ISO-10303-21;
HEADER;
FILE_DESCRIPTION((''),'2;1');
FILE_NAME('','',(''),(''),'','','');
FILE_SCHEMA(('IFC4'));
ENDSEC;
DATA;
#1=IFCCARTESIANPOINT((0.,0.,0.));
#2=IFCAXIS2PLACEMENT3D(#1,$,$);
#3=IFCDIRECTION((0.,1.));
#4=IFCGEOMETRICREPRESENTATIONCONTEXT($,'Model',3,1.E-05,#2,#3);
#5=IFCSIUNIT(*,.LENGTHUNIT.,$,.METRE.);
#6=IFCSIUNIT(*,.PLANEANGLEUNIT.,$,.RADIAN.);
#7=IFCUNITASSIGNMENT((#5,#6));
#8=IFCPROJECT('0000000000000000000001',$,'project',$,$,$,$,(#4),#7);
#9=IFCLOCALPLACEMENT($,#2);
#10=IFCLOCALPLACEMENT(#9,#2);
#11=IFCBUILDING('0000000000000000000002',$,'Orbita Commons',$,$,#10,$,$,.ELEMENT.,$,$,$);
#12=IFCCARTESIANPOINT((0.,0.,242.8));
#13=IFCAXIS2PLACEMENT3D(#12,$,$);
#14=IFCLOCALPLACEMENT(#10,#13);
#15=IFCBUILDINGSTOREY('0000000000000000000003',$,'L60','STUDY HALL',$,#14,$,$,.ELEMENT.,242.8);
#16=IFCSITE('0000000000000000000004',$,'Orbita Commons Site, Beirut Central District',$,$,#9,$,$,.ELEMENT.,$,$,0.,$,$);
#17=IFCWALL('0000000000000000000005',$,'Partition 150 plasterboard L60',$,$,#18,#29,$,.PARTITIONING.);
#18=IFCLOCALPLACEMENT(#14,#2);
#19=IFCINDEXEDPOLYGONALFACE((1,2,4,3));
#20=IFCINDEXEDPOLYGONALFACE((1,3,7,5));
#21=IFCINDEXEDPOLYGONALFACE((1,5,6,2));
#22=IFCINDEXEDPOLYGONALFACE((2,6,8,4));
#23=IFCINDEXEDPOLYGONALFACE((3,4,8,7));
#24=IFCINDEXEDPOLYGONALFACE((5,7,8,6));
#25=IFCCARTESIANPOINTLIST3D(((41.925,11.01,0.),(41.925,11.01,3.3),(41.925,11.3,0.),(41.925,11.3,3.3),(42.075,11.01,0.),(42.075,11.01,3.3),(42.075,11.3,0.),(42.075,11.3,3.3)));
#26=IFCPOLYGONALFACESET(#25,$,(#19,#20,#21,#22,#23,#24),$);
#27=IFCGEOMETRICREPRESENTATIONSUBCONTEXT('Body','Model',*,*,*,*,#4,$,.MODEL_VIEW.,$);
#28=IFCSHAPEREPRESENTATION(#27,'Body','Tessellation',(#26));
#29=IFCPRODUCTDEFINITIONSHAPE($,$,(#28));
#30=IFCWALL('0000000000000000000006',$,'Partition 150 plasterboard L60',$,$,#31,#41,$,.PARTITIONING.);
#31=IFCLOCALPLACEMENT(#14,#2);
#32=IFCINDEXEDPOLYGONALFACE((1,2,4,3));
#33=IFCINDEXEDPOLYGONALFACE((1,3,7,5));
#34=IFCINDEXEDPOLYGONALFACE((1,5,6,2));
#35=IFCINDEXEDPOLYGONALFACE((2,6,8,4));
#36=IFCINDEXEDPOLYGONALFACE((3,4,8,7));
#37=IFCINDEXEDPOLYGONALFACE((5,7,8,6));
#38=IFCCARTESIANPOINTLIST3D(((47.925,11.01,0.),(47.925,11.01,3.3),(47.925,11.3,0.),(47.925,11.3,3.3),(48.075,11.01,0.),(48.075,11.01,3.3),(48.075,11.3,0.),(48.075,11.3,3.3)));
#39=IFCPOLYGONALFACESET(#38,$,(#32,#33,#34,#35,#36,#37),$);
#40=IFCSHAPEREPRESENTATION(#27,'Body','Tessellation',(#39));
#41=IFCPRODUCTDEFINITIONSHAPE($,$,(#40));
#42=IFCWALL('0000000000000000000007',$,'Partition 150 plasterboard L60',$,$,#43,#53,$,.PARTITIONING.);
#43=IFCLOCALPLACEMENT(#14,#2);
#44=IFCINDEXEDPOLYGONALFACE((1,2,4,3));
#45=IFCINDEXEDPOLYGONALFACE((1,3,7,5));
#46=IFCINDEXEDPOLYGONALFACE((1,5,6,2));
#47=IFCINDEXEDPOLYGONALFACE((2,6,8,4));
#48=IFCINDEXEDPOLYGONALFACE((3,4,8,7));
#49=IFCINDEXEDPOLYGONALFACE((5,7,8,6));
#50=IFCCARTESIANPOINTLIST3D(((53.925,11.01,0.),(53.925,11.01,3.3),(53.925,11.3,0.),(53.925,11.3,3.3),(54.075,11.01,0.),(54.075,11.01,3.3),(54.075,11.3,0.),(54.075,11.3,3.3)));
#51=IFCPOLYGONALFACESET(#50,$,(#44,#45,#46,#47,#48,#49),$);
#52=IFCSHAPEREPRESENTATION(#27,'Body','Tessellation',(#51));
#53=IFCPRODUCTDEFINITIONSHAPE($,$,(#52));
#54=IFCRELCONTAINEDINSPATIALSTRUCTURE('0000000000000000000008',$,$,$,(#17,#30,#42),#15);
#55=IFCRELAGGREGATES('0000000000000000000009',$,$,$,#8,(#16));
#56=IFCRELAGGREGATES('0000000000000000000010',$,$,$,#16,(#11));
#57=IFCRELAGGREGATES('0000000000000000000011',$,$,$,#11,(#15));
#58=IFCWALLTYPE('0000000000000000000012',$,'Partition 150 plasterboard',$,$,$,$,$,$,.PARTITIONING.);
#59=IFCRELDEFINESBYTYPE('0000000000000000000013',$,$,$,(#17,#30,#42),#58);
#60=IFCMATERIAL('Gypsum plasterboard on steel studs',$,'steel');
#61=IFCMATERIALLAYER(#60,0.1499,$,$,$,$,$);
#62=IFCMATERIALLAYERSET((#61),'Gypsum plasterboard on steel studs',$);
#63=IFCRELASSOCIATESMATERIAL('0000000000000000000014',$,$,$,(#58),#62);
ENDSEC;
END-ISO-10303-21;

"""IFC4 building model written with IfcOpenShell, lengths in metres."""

from ifc_helpers import new_model, si_unit, direction, frame, frame_2d, origin, place, context, subcontext, project, spatial, rectangle, extrude, material, layer, layer_set, type_object, element, save


model = new_model("IFC4")

# Units and contexts
model_context = context("Model", 3, precision=1e-05, world=origin(), true_north=direction((0.0, 1.0)))
body_context = subcontext(model_context, "Body", "Model", "MODEL_VIEW")
ifc_project = project(units=[si_unit("LENGTHUNIT", "METRE"), si_unit("PLANEANGLEUNIT", "RADIAN")], contexts=[model_context])

# Site, building, storey
site_placement = place(None, origin())
site = spatial("IfcSite", under=ifc_project, at=site_placement, Name="Orbita Commons Site, Beirut Central District", CompositionType="ELEMENT", RefElevation=0.0)
building_placement = place(site_placement, origin())
building = spatial("IfcBuilding", under=site, at=building_placement, Name="Orbita Commons", CompositionType="ELEMENT")
storey_placement = place(building_placement, frame((0.0, 0.0, 242.8)))
storey = spatial("IfcBuildingStorey", under=building, at=storey_placement, Name="L60", Description="STUDY HALL", CompositionType="ELEMENT", Elevation=242.8)

# Shared definitions
ifc_material_1 = material(Name="Gypsum plasterboard on steel studs", Category="steel")
ifc_layer_1 = layer(ifc_material_1, 0.1499)
ifc_layer_set_1 = layer_set([ifc_layer_1], Name="Gypsum plasterboard on steel studs")
wall_type_1 = type_object("IfcWallType", Name="Partition 150 plasterboard", PredefinedType="PARTITIONING", material=ifc_layer_set_1)

# Walls
for number, where, z_axis, x_axis, name in (
    (1, (42.0, 11.3, 0.0), (0.0, 0.0, 1.0), (0.0, -1.0, 0.0), "Partition 150 plasterboard L60"),
    (2, (48.0, 11.3, 0.0), (0.0, 0.0, 1.0), (0.0, -1.0, 0.0), "Partition 150 plasterboard L60"),
    (3, (54.0, 11.3, 0.0), (0.0, 0.0, 1.0), (0.0, -1.0, 0.0), "Partition 150 plasterboard L60"),
):
    element("IfcWall", number, at=place(storey_placement, frame(where, z_axis=z_axis, x_axis=x_axis)), inside=storey, type_object=wall_type_1, Name=name, PredefinedType="PARTITIONING", context=body_context, shape_type="SweptSolid", body=[
        extrude(rectangle(XDim=0.29, YDim=0.1499, at=frame_2d((0.145, 0.0))), origin(), (0.0, 0.0, 1.0), 3.3),
    ])

save(model, "model.ifc")
